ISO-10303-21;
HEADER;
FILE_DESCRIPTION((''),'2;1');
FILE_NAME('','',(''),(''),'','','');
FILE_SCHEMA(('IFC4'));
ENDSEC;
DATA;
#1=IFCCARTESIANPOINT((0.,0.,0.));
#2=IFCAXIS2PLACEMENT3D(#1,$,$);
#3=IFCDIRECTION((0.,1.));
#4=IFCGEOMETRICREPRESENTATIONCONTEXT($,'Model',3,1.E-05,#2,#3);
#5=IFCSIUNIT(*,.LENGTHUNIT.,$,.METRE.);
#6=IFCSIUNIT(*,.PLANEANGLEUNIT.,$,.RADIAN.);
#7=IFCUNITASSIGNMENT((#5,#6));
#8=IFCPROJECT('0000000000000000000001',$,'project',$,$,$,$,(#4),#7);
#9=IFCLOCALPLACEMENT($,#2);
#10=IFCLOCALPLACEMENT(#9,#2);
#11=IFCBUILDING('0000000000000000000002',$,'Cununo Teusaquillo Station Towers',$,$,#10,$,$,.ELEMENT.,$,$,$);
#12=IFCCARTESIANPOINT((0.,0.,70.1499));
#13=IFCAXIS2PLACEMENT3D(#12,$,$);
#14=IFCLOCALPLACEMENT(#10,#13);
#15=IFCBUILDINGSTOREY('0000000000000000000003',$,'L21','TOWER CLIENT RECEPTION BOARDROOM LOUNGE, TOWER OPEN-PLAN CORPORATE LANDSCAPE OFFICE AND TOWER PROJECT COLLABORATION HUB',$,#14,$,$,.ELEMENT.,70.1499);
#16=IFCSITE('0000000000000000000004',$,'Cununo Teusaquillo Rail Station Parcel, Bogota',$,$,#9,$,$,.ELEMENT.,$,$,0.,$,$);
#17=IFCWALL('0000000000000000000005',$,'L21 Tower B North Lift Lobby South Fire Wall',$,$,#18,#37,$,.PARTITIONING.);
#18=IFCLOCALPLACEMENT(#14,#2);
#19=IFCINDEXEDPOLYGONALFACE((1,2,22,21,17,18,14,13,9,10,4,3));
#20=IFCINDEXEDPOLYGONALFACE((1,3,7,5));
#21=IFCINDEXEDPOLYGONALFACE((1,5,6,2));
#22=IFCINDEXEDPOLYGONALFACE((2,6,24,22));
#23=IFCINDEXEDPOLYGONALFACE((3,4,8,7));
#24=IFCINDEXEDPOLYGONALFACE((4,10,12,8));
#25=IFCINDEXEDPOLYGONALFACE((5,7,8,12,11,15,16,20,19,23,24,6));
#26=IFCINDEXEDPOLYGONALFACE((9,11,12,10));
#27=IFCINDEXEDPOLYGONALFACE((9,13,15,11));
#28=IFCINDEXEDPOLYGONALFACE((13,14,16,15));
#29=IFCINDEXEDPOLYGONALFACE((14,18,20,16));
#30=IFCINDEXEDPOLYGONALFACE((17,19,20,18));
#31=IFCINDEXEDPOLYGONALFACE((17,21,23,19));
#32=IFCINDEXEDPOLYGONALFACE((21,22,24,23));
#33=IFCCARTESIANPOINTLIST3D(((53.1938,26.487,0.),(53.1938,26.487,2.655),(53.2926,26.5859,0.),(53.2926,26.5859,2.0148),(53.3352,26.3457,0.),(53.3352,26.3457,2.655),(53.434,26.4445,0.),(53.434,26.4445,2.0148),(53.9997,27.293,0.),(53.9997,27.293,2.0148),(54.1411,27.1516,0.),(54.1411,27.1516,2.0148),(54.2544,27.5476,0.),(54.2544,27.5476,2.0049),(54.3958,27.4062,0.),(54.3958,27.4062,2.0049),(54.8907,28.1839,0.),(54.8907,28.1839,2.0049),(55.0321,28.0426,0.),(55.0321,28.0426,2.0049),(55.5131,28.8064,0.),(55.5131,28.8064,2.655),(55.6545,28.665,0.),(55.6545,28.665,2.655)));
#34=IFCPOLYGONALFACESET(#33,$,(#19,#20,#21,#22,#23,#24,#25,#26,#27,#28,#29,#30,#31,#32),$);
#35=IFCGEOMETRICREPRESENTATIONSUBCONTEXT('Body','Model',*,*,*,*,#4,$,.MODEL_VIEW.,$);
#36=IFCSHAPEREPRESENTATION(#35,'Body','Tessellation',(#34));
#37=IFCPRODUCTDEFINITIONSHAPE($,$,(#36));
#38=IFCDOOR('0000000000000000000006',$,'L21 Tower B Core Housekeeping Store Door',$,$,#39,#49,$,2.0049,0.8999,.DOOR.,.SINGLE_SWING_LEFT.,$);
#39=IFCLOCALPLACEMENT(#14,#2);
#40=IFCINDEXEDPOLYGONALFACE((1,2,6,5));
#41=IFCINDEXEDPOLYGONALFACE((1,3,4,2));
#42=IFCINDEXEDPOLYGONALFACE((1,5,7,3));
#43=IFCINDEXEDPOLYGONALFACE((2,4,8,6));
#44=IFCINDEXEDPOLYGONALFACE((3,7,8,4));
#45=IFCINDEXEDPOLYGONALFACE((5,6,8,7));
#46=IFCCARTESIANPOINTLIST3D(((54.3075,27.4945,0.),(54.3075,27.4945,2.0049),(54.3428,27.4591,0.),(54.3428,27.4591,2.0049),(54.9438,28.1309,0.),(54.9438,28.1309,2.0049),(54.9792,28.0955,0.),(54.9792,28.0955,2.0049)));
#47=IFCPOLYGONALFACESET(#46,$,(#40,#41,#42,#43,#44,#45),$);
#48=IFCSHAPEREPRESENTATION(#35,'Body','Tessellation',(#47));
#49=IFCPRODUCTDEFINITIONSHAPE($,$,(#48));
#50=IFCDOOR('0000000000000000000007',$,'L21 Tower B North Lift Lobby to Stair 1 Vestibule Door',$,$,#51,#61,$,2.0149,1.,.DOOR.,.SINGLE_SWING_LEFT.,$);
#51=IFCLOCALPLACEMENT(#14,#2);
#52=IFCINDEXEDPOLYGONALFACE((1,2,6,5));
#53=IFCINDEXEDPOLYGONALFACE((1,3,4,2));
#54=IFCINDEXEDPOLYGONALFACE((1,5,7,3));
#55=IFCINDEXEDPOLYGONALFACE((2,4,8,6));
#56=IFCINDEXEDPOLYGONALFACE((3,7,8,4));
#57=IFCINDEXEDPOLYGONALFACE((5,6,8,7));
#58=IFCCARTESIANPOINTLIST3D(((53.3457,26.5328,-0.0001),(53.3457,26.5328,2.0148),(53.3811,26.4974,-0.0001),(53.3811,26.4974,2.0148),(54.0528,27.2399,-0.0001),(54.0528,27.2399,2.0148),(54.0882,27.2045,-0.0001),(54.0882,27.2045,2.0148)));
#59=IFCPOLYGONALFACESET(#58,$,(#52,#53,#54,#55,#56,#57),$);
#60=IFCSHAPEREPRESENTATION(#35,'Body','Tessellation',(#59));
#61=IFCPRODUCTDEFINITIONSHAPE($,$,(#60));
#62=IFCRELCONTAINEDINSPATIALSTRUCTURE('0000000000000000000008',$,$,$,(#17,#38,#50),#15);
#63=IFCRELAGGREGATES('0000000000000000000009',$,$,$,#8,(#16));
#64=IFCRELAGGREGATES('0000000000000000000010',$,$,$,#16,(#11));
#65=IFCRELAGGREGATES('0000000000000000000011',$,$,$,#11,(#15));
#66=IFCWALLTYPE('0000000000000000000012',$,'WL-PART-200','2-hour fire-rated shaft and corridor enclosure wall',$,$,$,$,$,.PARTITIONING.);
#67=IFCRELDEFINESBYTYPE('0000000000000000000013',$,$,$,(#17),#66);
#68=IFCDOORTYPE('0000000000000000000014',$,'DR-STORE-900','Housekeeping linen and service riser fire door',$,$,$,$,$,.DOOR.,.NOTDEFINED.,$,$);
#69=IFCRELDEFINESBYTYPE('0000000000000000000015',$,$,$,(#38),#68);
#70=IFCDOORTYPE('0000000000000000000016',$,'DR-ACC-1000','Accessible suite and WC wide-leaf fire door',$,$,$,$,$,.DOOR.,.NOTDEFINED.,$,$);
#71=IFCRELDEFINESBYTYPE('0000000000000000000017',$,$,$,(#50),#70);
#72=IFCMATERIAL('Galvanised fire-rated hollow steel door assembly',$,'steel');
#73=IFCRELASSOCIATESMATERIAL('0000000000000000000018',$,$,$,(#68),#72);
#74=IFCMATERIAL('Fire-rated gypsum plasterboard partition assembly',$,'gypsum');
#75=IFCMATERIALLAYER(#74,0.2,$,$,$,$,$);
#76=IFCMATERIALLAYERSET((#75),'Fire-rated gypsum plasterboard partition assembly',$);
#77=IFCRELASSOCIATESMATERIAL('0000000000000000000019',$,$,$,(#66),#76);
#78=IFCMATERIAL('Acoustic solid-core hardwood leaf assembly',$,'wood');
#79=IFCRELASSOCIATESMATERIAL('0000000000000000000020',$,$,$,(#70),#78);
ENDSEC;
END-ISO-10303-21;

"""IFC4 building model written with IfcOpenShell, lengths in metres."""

from ifc_helpers import new_model, si_unit, direction, frame, frame_2d, origin, place, context, subcontext, project, spatial, rectangle, extrude, source, transform, mapped, material, layer, layer_set, type_object, element, fill, save


model = new_model("IFC4")

# Units and contexts
model_context = context("Model", 3, precision=1e-05, world=origin(), true_north=direction((0.0, 1.0)))
body_context = subcontext(model_context, "Body", "Model", "MODEL_VIEW")
ifc_project = project(units=[si_unit("LENGTHUNIT", "METRE"), si_unit("PLANEANGLEUNIT", "RADIAN")], contexts=[model_context])

# Site, building, storey
site_placement = place(None, origin())
site = spatial("IfcSite", under=ifc_project, at=site_placement, Name="Cununo Teusaquillo Rail Station Parcel, Bogota", CompositionType="ELEMENT", RefElevation=0.0)
building_placement = place(site_placement, origin())
building = spatial("IfcBuilding", under=site, at=building_placement, Name="Cununo Teusaquillo Station Towers", CompositionType="ELEMENT")
storey_placement = place(building_placement, frame((0.0, 0.0, 70.1499)))
storey = spatial("IfcBuildingStorey", under=building, at=storey_placement, Name="L21", Description="TOWER CLIENT RECEPTION BOARDROOM LOUNGE, TOWER OPEN-PLAN CORPORATE LANDSCAPE OFFICE AND TOWER PROJECT COLLABORATION HUB", CompositionType="ELEMENT", Elevation=70.1499)

# Shared definitions
ifc_material_1 = material(Name="Galvanised fire-rated hollow steel door assembly", Category="steel")
door_type_1 = type_object("IfcDoorType", Name="DR-STORE-900", Description="Housekeeping linen and service riser fire door", OperationType="NOTDEFINED", PredefinedType="DOOR", material=ifc_material_1)
shared_shape_1 = source(origin(), body_context, "Body", "SweptSolid", [
    extrude(rectangle(XDim=0.8999, YDim=2.0049, at=frame_2d((0.45, 1.0024))), frame((0.0, 0.0249, 0.0), z_axis=(0.0, -1.0, 0.0), x_axis=(1.0, 0.0, 0.0)), (0.0, 0.0, 1.0), 0.05),
])

# Wall, openings, doors
ifc_material_2 = material(Name="Fire-rated gypsum plasterboard partition assembly", Category="gypsum")
ifc_layer_1 = layer(ifc_material_2, 0.2)
ifc_layer_set_1 = layer_set([ifc_layer_1], Name="Fire-rated gypsum plasterboard partition assembly")
wall_type_1 = type_object("IfcWallType", Name="WL-PART-200", Description="2-hour fire-rated shaft and corridor enclosure wall", PredefinedType="PARTITIONING", material=ifc_layer_set_1)
wall_1_placement = place(storey_placement, frame((53.2644, 26.4163, 0.0), z_axis=(0.0, 0.0, 1.0), x_axis=(0.707107, 0.707107, 0.0)))
wall_1 = element("IfcWall", 1, at=wall_1_placement, inside=storey, type_object=wall_type_1, Name="L21 Tower B North Lift Lobby South Fire Wall", PredefinedType="PARTITIONING", context=body_context, shape_type="SweptSolid", body=[
    extrude(rectangle(XDim=3.28, YDim=0.2, at=frame_2d((1.6401, 0.0))), origin(), (0.0, 0.0, 1.0), 2.655),
])
shared_shape_2 = source(origin(), body_context, "Body", "SweptSolid", [
    extrude(rectangle(XDim=1.0, YDim=2.0149, at=frame_2d((0.5, 1.0073))), frame((0.0, 0.1099, 0.0), z_axis=(0.0, -1.0, 0.0), x_axis=(1.0, 0.0, 0.0)), (0.0, 0.0, 1.0), 0.22),
])
opening_1_placement = place(wall_1_placement, frame((0.1399, 0.0, 0.0)))
opening_1 = element("IfcOpeningElement", 2, at=opening_1_placement, cuts=wall_1, PredefinedType="OPENING", context=body_context, shape_type="MappedRepresentation", body=[
    mapped(shared_shape_2, transform((0.0, 0.0, 0.0), x_axis=(1.0, 0.0, 0.0), y_axis=(0.0, 1.0, 0.0), z_axis=(0.0, 0.0, 1.0), scale=1.0)),
])
shared_shape_3 = source(origin(), body_context, "Body", "SweptSolid", [
    extrude(rectangle(XDim=0.8999, YDim=2.0049, at=frame_2d((0.45, 1.0024))), frame((0.0, 0.1099, 0.0), z_axis=(0.0, -1.0, 0.0), x_axis=(1.0, 0.0, 0.0)), (0.0, 0.0, 1.0), 0.22),
])
opening_2_placement = place(wall_1_placement, frame((1.5, 0.0, 0.0)))
opening_2 = element("IfcOpeningElement", 3, at=opening_2_placement, cuts=wall_1, PredefinedType="OPENING", context=body_context, shape_type="MappedRepresentation", body=[
    mapped(shared_shape_3, transform((0.0, 0.0, 0.0), x_axis=(1.0, 0.0, 0.0), y_axis=(0.0, 1.0, 0.0), z_axis=(0.0, 0.0, 1.0), scale=1.0)),
])
door_1_placement = place(opening_2_placement, origin())
door_1 = element("IfcDoor", 4, at=door_1_placement, inside=storey, type_object=door_type_1, Name="L21 Tower B Core Housekeeping Store Door", OperationType="SINGLE_SWING_LEFT", OverallHeight=2.0049, OverallWidth=0.8999, PredefinedType="DOOR", context=body_context, shape_type="MappedRepresentation", body=[
    mapped(shared_shape_1, transform((0.0, 0.0, 0.0), x_axis=(1.0, 0.0, 0.0), y_axis=(0.0, 1.0, 0.0), z_axis=(0.0, 0.0, 1.0), scale=1.0)),
])
fill(opening_2, door_1)
ifc_material_3 = material(Name="Acoustic solid-core hardwood leaf assembly", Category="wood")
door_type_2 = type_object("IfcDoorType", Name="DR-ACC-1000", Description="Accessible suite and WC wide-leaf fire door", OperationType="NOTDEFINED", PredefinedType="DOOR", material=ifc_material_3)
shared_shape_4 = source(origin(), body_context, "Body", "SweptSolid", [
    extrude(rectangle(XDim=1.0, YDim=2.0149, at=frame_2d((0.5, 1.0073))), frame((0.0, 0.0249, 0.0), z_axis=(0.0, -1.0, 0.0), x_axis=(1.0, 0.0, 0.0)), (0.0, 0.0, 1.0), 0.05),
])
door_2_placement = place(opening_1_placement, origin())
door_2 = element("IfcDoor", 5, at=door_2_placement, inside=storey, type_object=door_type_2, Name="L21 Tower B North Lift Lobby to Stair 1 Vestibule Door", OperationType="SINGLE_SWING_LEFT", OverallHeight=2.0149, OverallWidth=1.0, PredefinedType="DOOR", context=body_context, shape_type="MappedRepresentation", body=[
    mapped(shared_shape_4, transform((0.0, 0.0, 0.0), x_axis=(1.0, 0.0, 0.0), y_axis=(0.0, 1.0, 0.0), z_axis=(0.0, 0.0, 1.0), scale=1.0)),
])
fill(opening_1, door_2)

save(model, "model.ifc")
